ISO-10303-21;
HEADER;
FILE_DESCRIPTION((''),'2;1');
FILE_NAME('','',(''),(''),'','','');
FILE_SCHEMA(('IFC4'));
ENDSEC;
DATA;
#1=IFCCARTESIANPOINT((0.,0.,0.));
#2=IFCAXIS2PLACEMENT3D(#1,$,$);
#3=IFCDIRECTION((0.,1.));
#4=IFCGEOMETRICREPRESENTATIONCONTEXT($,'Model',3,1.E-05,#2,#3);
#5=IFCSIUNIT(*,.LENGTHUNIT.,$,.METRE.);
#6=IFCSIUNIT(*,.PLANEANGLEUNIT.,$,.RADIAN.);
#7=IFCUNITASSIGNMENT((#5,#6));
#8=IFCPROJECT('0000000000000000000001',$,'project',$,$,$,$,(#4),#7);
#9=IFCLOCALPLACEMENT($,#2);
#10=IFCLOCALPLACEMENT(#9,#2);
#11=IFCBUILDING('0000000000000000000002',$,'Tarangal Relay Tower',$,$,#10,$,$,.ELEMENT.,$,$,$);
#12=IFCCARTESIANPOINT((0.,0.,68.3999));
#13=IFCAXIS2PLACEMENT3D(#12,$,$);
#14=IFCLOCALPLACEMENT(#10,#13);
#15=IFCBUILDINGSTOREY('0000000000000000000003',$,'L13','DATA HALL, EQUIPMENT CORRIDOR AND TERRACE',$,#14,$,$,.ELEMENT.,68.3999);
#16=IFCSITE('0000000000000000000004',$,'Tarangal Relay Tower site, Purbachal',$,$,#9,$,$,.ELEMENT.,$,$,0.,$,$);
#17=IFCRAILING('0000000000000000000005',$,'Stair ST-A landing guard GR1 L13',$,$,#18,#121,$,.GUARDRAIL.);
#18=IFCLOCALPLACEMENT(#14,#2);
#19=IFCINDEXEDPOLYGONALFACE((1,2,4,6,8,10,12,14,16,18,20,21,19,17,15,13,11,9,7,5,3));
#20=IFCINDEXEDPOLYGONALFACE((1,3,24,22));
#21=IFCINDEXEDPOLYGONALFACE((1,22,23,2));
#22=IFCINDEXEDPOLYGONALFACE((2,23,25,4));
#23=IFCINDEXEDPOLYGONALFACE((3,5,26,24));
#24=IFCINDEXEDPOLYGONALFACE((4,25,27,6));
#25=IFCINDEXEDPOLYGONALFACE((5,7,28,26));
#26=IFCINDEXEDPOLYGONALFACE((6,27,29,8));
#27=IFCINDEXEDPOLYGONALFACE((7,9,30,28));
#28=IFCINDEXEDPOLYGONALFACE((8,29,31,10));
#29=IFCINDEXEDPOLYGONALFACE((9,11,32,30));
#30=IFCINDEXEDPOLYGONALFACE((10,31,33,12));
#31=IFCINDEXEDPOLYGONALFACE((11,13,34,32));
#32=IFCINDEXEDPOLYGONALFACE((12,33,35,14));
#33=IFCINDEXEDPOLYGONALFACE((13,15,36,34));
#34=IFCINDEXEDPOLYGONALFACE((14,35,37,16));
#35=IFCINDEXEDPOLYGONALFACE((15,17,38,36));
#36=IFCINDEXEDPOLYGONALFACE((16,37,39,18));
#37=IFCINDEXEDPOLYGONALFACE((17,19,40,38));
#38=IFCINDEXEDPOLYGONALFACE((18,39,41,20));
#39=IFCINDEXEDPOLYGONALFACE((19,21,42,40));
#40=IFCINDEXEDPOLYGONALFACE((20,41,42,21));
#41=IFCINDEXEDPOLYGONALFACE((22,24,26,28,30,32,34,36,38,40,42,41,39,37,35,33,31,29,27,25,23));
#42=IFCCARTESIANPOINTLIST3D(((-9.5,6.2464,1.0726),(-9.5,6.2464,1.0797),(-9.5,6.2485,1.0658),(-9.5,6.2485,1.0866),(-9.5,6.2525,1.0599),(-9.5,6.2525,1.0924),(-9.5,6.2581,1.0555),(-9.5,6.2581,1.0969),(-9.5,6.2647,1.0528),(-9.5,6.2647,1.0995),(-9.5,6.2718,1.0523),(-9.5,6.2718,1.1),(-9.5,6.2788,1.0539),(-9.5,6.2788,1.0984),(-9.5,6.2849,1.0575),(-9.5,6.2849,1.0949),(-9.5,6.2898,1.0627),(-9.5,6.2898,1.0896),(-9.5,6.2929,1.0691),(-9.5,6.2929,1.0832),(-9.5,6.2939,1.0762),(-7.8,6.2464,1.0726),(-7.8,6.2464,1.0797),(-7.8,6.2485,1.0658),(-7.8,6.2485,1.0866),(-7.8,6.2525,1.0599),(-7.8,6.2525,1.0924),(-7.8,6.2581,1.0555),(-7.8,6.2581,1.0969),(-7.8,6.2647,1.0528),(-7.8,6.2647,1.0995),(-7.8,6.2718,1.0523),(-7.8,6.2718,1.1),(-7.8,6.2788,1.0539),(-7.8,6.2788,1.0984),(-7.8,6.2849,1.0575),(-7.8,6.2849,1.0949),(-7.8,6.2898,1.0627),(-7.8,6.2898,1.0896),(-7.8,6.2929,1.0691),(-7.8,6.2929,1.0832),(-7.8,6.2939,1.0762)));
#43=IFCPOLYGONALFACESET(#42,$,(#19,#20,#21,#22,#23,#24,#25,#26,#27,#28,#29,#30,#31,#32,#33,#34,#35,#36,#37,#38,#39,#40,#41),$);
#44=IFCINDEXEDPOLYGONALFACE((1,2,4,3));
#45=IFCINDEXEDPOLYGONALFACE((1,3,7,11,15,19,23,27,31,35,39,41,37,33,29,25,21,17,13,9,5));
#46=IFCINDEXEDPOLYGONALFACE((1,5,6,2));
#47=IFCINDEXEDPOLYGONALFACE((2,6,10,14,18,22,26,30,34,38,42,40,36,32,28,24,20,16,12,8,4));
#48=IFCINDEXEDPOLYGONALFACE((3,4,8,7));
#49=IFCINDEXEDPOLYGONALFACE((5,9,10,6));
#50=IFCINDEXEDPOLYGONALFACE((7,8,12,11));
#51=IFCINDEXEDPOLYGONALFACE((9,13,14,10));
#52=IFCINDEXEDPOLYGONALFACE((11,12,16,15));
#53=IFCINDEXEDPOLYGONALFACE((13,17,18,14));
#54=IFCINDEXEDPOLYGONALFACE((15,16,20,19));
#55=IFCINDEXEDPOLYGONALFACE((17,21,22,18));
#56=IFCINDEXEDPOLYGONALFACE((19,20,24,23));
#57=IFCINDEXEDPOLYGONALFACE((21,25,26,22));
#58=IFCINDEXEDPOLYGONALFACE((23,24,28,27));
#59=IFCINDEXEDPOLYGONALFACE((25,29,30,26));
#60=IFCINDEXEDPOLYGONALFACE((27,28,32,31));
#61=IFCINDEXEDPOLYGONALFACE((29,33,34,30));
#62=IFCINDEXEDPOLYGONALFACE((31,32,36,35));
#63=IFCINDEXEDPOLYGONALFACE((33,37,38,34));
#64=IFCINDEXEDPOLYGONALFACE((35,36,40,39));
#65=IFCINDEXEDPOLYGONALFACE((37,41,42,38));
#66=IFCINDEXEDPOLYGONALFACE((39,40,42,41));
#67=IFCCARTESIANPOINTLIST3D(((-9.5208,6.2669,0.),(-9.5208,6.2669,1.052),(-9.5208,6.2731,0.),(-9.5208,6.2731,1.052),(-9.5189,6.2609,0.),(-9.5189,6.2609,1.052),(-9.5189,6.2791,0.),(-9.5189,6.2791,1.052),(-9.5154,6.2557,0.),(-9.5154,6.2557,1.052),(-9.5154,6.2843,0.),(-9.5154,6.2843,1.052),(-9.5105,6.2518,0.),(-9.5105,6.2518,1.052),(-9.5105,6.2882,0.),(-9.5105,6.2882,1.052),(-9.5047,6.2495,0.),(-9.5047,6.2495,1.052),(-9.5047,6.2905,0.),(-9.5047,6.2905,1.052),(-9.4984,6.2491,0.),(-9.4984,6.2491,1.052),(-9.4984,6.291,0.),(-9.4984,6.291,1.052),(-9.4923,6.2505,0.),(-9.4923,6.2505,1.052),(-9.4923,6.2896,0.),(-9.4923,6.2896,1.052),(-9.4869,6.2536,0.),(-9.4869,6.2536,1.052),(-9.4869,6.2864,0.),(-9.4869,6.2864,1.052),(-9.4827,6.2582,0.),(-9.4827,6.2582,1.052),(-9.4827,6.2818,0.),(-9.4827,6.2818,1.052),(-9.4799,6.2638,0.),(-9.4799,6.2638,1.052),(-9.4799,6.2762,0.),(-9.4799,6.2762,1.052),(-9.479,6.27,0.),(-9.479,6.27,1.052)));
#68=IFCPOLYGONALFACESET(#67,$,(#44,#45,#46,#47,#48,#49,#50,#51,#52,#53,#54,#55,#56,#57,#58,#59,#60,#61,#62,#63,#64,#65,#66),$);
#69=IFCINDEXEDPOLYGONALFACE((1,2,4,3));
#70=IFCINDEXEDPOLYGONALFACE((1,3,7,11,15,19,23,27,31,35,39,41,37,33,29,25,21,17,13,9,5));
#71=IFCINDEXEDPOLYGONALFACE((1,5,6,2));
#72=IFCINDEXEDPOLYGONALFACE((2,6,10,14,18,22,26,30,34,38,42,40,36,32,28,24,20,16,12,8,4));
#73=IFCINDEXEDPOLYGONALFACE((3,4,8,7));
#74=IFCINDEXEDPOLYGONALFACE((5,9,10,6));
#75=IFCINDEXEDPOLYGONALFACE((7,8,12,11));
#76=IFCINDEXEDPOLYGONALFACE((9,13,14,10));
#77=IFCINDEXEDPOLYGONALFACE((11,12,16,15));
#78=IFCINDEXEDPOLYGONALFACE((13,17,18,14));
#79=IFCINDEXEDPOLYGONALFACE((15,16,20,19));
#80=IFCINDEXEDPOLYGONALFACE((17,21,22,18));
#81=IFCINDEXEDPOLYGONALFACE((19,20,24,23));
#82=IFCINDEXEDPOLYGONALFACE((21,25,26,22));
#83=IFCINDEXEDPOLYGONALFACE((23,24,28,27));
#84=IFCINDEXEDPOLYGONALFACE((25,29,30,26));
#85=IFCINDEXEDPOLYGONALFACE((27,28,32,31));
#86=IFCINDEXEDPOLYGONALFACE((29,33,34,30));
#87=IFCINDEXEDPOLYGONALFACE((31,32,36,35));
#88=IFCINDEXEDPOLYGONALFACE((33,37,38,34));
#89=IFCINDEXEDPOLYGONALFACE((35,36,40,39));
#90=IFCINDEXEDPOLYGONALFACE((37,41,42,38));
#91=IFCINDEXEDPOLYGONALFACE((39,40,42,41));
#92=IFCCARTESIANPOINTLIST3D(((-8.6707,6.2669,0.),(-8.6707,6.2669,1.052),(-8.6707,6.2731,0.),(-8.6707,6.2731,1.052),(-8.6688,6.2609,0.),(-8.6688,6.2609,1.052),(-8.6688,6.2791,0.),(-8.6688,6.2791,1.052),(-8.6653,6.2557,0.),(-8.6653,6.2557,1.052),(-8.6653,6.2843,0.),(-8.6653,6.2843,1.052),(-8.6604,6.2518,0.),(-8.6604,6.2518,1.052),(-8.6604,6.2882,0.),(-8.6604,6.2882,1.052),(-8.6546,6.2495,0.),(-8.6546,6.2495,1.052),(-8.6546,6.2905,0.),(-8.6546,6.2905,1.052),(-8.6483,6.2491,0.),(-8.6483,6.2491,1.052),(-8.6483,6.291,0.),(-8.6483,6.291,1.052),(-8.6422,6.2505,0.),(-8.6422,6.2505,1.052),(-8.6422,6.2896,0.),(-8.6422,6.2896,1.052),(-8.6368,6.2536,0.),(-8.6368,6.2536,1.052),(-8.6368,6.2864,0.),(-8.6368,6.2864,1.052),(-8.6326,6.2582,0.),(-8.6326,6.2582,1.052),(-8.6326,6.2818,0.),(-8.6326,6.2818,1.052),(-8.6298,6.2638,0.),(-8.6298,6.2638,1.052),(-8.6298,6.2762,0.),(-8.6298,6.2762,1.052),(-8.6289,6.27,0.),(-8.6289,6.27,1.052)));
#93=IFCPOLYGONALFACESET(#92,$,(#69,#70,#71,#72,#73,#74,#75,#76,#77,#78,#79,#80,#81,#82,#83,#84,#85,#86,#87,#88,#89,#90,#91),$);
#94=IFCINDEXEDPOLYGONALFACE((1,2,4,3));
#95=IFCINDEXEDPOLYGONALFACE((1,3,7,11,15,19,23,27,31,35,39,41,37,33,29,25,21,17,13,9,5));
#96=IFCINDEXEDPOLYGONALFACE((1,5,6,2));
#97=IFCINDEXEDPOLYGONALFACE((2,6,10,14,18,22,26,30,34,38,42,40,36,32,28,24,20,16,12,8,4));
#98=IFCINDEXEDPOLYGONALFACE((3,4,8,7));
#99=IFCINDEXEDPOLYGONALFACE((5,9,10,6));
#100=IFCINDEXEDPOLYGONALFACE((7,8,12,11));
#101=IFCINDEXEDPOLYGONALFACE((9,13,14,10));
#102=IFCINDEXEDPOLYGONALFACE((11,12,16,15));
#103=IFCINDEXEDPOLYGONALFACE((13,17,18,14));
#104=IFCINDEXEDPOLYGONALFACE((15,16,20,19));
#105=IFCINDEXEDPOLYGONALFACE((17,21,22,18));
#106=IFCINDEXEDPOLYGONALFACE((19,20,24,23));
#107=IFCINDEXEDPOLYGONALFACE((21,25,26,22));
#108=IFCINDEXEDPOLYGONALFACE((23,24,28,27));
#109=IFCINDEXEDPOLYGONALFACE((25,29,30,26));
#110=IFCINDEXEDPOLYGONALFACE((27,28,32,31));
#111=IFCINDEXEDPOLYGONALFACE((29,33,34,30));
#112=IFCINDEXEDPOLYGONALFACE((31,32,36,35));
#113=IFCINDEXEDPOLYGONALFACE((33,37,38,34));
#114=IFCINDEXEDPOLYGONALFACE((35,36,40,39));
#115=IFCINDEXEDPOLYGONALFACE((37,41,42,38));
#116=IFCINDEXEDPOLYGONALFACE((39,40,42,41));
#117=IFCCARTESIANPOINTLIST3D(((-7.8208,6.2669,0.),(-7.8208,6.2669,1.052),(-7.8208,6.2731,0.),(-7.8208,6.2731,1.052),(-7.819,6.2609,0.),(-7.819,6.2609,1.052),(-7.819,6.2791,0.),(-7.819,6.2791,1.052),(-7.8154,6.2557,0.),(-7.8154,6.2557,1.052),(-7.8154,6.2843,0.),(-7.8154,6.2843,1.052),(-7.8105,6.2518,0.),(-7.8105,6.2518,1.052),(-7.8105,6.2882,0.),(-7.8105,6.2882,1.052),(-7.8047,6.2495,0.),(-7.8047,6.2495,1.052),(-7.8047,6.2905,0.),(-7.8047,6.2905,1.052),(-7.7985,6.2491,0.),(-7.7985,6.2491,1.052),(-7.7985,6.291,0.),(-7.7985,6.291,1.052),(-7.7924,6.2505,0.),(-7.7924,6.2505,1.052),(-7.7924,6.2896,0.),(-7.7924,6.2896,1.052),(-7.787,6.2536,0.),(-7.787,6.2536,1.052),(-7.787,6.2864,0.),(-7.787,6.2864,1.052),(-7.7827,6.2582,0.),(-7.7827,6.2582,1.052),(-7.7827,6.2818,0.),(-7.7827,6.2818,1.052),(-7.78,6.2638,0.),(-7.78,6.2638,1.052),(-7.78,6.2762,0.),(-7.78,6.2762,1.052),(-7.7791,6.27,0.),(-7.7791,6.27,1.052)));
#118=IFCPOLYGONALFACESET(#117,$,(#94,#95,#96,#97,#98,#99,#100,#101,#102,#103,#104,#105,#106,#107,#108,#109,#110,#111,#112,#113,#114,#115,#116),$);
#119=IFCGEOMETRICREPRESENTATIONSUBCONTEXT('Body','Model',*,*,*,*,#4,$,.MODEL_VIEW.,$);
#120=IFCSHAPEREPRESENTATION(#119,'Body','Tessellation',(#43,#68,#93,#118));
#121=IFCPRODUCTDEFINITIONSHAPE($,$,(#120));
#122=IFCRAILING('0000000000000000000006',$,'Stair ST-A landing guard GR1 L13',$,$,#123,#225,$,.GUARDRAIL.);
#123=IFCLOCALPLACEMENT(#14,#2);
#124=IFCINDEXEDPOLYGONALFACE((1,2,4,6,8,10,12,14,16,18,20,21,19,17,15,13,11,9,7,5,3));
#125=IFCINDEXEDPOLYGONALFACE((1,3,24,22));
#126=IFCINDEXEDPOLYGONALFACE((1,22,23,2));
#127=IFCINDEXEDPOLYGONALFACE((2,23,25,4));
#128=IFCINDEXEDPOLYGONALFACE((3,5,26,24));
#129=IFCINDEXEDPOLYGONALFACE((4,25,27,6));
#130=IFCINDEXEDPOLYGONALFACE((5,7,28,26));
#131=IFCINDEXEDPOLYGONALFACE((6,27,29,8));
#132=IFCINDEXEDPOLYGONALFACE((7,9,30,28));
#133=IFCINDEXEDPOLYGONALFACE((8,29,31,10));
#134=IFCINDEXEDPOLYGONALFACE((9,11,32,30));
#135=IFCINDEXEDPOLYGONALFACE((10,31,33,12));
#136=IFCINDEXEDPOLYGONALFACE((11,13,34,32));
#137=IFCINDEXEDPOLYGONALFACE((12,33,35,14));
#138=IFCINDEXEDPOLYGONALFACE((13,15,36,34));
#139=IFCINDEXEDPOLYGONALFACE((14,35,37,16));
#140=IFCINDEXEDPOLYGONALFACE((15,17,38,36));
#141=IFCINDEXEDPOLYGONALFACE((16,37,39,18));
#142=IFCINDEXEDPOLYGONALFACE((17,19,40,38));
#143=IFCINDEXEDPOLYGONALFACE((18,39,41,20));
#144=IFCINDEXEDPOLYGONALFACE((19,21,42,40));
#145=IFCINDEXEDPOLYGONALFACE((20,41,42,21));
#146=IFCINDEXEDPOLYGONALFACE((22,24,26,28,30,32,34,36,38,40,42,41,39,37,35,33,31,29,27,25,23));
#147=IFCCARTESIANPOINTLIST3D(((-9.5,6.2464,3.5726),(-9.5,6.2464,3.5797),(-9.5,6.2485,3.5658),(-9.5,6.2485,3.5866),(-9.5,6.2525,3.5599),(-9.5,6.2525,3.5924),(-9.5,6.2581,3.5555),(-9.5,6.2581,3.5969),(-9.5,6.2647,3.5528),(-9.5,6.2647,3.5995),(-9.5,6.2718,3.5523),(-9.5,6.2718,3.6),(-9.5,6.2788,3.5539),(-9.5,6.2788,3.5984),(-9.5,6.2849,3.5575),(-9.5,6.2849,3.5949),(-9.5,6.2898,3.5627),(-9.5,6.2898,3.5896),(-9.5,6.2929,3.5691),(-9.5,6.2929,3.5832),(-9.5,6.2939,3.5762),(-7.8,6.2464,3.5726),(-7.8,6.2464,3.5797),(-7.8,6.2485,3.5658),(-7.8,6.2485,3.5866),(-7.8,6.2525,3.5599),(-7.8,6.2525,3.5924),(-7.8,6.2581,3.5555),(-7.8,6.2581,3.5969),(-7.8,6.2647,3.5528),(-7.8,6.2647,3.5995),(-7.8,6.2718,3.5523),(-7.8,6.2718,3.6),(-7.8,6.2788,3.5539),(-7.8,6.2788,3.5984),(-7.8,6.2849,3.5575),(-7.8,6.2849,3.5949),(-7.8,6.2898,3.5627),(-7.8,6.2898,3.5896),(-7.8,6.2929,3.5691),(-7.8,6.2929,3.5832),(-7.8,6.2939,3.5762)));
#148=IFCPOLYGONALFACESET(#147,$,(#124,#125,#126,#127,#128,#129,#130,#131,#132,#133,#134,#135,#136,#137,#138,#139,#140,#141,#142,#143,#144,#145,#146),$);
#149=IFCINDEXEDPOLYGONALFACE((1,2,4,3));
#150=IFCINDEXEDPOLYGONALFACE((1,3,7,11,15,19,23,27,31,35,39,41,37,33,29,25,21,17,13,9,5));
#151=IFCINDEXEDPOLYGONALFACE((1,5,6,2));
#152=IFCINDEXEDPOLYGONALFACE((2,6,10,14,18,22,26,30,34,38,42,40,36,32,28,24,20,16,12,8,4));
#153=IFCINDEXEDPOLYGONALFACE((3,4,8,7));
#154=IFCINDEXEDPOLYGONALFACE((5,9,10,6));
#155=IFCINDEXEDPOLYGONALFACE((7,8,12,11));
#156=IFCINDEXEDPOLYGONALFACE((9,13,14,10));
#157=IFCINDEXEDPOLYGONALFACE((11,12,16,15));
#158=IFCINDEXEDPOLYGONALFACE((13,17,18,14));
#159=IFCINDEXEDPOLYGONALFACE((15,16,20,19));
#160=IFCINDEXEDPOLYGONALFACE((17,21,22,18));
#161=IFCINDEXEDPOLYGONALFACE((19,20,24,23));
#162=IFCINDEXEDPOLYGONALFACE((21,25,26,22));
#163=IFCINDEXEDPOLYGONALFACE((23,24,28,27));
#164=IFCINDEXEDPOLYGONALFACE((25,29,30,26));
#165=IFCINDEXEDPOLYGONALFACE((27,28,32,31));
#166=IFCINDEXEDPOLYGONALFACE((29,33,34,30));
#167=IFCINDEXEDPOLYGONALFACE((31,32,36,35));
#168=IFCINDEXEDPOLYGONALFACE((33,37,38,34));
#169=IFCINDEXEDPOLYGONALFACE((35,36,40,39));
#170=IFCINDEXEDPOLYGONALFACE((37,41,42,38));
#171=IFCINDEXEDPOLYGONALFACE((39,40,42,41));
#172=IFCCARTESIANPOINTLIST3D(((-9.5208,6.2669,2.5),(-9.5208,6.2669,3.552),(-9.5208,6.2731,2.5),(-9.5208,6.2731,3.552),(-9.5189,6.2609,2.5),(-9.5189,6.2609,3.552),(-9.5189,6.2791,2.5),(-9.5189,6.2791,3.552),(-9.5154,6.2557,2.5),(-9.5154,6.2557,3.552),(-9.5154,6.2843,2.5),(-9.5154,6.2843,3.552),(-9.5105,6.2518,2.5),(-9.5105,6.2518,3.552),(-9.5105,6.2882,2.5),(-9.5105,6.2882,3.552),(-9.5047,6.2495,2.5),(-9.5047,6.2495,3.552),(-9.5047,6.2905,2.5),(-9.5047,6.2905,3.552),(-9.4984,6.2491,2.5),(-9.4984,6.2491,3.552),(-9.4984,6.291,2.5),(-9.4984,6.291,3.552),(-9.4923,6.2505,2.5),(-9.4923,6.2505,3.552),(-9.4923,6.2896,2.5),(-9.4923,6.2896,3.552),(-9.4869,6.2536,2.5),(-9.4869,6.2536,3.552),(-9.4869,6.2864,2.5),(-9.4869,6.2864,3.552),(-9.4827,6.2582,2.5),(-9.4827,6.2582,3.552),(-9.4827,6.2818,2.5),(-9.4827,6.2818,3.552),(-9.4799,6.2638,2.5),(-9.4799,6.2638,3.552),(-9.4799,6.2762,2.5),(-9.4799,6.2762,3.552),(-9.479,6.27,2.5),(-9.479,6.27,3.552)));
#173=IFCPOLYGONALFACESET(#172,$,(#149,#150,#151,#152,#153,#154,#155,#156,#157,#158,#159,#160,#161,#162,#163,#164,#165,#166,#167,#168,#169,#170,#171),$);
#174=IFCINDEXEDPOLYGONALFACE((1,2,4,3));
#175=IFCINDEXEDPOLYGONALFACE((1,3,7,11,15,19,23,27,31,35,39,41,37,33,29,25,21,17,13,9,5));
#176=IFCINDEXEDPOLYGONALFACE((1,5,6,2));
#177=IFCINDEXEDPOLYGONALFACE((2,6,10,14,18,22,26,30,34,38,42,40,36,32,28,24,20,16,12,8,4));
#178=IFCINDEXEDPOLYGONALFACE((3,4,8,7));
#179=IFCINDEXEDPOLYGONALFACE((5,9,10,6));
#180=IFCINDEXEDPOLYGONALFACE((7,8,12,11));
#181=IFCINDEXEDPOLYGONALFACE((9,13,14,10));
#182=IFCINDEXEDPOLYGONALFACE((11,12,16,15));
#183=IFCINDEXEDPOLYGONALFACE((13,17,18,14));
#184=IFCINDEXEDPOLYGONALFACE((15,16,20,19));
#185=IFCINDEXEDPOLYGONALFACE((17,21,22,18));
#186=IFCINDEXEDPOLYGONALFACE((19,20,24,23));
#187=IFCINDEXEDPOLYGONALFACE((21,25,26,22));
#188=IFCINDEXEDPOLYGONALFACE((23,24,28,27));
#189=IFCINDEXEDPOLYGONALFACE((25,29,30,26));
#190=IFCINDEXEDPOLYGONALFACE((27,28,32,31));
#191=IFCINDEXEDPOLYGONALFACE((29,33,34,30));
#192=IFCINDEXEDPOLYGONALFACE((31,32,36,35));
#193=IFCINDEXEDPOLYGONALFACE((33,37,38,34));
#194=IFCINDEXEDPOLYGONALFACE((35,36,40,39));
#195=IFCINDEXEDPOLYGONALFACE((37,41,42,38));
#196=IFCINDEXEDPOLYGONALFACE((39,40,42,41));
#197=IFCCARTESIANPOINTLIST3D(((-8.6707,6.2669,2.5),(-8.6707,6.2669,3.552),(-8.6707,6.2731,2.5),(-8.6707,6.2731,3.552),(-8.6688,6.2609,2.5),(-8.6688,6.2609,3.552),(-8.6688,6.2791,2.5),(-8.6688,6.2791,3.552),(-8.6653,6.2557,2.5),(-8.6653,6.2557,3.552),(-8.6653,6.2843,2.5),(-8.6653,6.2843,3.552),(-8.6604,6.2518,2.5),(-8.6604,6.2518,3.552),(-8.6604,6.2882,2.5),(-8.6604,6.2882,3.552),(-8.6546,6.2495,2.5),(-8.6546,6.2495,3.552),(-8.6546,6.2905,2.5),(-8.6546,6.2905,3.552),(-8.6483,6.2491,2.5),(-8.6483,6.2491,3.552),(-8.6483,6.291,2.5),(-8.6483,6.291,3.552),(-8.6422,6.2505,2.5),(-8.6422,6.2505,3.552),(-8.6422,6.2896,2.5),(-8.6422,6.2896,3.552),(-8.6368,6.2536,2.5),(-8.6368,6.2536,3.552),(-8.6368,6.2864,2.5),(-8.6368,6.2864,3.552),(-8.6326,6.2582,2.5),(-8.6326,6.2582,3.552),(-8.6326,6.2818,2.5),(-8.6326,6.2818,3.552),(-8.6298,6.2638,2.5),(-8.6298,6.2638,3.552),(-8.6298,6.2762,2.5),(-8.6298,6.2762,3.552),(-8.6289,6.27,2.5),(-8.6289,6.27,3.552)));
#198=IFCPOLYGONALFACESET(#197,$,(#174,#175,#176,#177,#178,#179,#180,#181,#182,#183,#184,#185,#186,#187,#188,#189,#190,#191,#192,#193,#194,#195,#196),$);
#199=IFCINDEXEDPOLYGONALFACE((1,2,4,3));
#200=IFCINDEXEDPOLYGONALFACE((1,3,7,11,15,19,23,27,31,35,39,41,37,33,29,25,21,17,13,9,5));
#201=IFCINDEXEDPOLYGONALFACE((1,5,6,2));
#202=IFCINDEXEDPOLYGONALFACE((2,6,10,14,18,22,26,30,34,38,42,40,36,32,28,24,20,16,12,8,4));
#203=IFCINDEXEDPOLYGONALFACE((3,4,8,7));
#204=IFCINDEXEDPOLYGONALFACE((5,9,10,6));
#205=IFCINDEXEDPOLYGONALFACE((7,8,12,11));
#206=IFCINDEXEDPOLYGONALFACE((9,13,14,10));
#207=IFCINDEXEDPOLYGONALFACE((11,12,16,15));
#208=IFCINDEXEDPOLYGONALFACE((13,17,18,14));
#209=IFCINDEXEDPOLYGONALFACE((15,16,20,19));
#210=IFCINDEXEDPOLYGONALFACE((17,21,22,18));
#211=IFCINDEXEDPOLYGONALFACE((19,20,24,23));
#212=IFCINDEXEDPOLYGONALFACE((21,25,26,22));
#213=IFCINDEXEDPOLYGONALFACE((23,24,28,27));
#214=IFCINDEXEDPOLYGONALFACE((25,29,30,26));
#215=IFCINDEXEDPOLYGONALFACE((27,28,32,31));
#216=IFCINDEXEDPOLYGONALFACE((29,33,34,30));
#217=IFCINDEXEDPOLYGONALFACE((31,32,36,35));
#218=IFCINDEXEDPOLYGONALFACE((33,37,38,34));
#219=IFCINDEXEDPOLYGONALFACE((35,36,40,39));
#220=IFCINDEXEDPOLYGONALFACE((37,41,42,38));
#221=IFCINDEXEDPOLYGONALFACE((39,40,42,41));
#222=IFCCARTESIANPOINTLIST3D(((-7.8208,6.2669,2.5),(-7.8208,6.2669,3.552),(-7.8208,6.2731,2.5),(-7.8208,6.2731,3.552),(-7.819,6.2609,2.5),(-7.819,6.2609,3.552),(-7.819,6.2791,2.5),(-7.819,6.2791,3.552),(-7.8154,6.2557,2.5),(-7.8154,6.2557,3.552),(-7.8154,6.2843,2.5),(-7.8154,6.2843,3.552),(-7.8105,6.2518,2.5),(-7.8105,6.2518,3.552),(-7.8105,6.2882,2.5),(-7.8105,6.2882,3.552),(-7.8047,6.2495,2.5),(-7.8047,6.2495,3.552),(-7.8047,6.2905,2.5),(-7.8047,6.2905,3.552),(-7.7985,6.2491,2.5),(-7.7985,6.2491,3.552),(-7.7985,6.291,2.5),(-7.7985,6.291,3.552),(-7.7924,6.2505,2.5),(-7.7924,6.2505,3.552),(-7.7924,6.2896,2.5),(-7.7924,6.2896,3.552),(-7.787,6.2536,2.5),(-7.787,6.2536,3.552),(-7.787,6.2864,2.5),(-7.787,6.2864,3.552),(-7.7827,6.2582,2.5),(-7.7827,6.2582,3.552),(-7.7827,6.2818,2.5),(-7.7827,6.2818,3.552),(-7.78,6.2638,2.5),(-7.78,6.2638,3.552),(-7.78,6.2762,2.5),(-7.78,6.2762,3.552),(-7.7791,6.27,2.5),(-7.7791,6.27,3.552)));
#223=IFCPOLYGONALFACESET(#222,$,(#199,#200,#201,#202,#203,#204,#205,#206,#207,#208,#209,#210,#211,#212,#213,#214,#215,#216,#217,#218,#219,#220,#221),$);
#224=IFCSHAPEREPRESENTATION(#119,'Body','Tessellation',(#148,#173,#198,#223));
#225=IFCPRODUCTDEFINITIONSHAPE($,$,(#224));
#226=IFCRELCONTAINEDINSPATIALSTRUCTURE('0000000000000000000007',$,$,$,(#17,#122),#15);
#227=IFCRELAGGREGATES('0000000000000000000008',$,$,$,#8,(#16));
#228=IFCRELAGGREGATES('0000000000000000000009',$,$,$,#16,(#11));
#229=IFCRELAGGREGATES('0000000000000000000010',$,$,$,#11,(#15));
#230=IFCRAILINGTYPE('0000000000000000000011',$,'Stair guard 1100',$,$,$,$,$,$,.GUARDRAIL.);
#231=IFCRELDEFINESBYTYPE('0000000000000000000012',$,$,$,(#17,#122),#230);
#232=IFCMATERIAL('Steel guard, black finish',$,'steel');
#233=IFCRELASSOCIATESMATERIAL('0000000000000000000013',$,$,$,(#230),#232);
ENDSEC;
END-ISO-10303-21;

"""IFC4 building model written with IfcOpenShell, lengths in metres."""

from ifc_helpers import new_model, si_unit, direction, frame, origin, origin_2d, place, context, subcontext, project, spatial, circle, extrude, material, type_object, element, save


model = new_model("IFC4")

# Units and contexts
model_context = context("Model", 3, precision=1e-05, world=origin(), true_north=direction((0.0, 1.0)))
body_context = subcontext(model_context, "Body", "Model", "MODEL_VIEW")
ifc_project = project(units=[si_unit("LENGTHUNIT", "METRE"), si_unit("PLANEANGLEUNIT", "RADIAN")], contexts=[model_context])

# Site, building, storey
site_placement = place(None, origin())
site = spatial("IfcSite", under=ifc_project, at=site_placement, Name="Tarangal Relay Tower site, Purbachal", CompositionType="ELEMENT", RefElevation=0.0)
building_placement = place(site_placement, origin())
building = spatial("IfcBuilding", under=site, at=building_placement, Name="Tarangal Relay Tower", CompositionType="ELEMENT")
storey_placement = place(building_placement, frame((0.0, 0.0, 68.3999)))
storey = spatial("IfcBuildingStorey", under=building, at=storey_placement, Name="L13", Description="DATA HALL, EQUIPMENT CORRIDOR AND TERRACE", CompositionType="ELEMENT", Elevation=68.3999)

# Railings
ifc_material_1 = material(Name="Steel guard, black finish", Category="steel")
railing_type = type_object("IfcRailingType", Name="Stair guard 1100", PredefinedType="GUARDRAIL", material=ifc_material_1)
for number, where, name in (
    (1, (-9.5, 6.27, 0.0), "Stair ST-A landing guard GR1 L13"),
    (2, (-9.5, 6.27, 2.5), "Stair ST-A landing guard GR1 L13"),
):
    element("IfcRailing", number, at=place(storey_placement, frame(where)), inside=storey, type_object=railing_type, Name=name, PredefinedType="GUARDRAIL", context=body_context, shape_type="SweptSolid", body=[
        extrude(circle(Radius=0.0239, at=origin_2d()), frame((0.0, 0.0, 1.0762), z_axis=(1.0, 0.0, 0.0), x_axis=(0.0, 1.0, 0.0)), (0.0, 0.0, 1.0), 1.7),
        extrude(circle(Radius=0.021, at=origin_2d()), origin(), (0.0, 0.0, 1.0), 1.052),
        extrude(circle(Radius=0.021, at=origin_2d()), frame((0.8501, 0.0, 0.0)), (0.0, 0.0, 1.0), 1.052),
        extrude(circle(Radius=0.021, at=origin_2d()), frame((1.7, 0.0, 0.0)), (0.0, 0.0, 1.0), 1.052),
    ])

save(model, "model.ifc")
